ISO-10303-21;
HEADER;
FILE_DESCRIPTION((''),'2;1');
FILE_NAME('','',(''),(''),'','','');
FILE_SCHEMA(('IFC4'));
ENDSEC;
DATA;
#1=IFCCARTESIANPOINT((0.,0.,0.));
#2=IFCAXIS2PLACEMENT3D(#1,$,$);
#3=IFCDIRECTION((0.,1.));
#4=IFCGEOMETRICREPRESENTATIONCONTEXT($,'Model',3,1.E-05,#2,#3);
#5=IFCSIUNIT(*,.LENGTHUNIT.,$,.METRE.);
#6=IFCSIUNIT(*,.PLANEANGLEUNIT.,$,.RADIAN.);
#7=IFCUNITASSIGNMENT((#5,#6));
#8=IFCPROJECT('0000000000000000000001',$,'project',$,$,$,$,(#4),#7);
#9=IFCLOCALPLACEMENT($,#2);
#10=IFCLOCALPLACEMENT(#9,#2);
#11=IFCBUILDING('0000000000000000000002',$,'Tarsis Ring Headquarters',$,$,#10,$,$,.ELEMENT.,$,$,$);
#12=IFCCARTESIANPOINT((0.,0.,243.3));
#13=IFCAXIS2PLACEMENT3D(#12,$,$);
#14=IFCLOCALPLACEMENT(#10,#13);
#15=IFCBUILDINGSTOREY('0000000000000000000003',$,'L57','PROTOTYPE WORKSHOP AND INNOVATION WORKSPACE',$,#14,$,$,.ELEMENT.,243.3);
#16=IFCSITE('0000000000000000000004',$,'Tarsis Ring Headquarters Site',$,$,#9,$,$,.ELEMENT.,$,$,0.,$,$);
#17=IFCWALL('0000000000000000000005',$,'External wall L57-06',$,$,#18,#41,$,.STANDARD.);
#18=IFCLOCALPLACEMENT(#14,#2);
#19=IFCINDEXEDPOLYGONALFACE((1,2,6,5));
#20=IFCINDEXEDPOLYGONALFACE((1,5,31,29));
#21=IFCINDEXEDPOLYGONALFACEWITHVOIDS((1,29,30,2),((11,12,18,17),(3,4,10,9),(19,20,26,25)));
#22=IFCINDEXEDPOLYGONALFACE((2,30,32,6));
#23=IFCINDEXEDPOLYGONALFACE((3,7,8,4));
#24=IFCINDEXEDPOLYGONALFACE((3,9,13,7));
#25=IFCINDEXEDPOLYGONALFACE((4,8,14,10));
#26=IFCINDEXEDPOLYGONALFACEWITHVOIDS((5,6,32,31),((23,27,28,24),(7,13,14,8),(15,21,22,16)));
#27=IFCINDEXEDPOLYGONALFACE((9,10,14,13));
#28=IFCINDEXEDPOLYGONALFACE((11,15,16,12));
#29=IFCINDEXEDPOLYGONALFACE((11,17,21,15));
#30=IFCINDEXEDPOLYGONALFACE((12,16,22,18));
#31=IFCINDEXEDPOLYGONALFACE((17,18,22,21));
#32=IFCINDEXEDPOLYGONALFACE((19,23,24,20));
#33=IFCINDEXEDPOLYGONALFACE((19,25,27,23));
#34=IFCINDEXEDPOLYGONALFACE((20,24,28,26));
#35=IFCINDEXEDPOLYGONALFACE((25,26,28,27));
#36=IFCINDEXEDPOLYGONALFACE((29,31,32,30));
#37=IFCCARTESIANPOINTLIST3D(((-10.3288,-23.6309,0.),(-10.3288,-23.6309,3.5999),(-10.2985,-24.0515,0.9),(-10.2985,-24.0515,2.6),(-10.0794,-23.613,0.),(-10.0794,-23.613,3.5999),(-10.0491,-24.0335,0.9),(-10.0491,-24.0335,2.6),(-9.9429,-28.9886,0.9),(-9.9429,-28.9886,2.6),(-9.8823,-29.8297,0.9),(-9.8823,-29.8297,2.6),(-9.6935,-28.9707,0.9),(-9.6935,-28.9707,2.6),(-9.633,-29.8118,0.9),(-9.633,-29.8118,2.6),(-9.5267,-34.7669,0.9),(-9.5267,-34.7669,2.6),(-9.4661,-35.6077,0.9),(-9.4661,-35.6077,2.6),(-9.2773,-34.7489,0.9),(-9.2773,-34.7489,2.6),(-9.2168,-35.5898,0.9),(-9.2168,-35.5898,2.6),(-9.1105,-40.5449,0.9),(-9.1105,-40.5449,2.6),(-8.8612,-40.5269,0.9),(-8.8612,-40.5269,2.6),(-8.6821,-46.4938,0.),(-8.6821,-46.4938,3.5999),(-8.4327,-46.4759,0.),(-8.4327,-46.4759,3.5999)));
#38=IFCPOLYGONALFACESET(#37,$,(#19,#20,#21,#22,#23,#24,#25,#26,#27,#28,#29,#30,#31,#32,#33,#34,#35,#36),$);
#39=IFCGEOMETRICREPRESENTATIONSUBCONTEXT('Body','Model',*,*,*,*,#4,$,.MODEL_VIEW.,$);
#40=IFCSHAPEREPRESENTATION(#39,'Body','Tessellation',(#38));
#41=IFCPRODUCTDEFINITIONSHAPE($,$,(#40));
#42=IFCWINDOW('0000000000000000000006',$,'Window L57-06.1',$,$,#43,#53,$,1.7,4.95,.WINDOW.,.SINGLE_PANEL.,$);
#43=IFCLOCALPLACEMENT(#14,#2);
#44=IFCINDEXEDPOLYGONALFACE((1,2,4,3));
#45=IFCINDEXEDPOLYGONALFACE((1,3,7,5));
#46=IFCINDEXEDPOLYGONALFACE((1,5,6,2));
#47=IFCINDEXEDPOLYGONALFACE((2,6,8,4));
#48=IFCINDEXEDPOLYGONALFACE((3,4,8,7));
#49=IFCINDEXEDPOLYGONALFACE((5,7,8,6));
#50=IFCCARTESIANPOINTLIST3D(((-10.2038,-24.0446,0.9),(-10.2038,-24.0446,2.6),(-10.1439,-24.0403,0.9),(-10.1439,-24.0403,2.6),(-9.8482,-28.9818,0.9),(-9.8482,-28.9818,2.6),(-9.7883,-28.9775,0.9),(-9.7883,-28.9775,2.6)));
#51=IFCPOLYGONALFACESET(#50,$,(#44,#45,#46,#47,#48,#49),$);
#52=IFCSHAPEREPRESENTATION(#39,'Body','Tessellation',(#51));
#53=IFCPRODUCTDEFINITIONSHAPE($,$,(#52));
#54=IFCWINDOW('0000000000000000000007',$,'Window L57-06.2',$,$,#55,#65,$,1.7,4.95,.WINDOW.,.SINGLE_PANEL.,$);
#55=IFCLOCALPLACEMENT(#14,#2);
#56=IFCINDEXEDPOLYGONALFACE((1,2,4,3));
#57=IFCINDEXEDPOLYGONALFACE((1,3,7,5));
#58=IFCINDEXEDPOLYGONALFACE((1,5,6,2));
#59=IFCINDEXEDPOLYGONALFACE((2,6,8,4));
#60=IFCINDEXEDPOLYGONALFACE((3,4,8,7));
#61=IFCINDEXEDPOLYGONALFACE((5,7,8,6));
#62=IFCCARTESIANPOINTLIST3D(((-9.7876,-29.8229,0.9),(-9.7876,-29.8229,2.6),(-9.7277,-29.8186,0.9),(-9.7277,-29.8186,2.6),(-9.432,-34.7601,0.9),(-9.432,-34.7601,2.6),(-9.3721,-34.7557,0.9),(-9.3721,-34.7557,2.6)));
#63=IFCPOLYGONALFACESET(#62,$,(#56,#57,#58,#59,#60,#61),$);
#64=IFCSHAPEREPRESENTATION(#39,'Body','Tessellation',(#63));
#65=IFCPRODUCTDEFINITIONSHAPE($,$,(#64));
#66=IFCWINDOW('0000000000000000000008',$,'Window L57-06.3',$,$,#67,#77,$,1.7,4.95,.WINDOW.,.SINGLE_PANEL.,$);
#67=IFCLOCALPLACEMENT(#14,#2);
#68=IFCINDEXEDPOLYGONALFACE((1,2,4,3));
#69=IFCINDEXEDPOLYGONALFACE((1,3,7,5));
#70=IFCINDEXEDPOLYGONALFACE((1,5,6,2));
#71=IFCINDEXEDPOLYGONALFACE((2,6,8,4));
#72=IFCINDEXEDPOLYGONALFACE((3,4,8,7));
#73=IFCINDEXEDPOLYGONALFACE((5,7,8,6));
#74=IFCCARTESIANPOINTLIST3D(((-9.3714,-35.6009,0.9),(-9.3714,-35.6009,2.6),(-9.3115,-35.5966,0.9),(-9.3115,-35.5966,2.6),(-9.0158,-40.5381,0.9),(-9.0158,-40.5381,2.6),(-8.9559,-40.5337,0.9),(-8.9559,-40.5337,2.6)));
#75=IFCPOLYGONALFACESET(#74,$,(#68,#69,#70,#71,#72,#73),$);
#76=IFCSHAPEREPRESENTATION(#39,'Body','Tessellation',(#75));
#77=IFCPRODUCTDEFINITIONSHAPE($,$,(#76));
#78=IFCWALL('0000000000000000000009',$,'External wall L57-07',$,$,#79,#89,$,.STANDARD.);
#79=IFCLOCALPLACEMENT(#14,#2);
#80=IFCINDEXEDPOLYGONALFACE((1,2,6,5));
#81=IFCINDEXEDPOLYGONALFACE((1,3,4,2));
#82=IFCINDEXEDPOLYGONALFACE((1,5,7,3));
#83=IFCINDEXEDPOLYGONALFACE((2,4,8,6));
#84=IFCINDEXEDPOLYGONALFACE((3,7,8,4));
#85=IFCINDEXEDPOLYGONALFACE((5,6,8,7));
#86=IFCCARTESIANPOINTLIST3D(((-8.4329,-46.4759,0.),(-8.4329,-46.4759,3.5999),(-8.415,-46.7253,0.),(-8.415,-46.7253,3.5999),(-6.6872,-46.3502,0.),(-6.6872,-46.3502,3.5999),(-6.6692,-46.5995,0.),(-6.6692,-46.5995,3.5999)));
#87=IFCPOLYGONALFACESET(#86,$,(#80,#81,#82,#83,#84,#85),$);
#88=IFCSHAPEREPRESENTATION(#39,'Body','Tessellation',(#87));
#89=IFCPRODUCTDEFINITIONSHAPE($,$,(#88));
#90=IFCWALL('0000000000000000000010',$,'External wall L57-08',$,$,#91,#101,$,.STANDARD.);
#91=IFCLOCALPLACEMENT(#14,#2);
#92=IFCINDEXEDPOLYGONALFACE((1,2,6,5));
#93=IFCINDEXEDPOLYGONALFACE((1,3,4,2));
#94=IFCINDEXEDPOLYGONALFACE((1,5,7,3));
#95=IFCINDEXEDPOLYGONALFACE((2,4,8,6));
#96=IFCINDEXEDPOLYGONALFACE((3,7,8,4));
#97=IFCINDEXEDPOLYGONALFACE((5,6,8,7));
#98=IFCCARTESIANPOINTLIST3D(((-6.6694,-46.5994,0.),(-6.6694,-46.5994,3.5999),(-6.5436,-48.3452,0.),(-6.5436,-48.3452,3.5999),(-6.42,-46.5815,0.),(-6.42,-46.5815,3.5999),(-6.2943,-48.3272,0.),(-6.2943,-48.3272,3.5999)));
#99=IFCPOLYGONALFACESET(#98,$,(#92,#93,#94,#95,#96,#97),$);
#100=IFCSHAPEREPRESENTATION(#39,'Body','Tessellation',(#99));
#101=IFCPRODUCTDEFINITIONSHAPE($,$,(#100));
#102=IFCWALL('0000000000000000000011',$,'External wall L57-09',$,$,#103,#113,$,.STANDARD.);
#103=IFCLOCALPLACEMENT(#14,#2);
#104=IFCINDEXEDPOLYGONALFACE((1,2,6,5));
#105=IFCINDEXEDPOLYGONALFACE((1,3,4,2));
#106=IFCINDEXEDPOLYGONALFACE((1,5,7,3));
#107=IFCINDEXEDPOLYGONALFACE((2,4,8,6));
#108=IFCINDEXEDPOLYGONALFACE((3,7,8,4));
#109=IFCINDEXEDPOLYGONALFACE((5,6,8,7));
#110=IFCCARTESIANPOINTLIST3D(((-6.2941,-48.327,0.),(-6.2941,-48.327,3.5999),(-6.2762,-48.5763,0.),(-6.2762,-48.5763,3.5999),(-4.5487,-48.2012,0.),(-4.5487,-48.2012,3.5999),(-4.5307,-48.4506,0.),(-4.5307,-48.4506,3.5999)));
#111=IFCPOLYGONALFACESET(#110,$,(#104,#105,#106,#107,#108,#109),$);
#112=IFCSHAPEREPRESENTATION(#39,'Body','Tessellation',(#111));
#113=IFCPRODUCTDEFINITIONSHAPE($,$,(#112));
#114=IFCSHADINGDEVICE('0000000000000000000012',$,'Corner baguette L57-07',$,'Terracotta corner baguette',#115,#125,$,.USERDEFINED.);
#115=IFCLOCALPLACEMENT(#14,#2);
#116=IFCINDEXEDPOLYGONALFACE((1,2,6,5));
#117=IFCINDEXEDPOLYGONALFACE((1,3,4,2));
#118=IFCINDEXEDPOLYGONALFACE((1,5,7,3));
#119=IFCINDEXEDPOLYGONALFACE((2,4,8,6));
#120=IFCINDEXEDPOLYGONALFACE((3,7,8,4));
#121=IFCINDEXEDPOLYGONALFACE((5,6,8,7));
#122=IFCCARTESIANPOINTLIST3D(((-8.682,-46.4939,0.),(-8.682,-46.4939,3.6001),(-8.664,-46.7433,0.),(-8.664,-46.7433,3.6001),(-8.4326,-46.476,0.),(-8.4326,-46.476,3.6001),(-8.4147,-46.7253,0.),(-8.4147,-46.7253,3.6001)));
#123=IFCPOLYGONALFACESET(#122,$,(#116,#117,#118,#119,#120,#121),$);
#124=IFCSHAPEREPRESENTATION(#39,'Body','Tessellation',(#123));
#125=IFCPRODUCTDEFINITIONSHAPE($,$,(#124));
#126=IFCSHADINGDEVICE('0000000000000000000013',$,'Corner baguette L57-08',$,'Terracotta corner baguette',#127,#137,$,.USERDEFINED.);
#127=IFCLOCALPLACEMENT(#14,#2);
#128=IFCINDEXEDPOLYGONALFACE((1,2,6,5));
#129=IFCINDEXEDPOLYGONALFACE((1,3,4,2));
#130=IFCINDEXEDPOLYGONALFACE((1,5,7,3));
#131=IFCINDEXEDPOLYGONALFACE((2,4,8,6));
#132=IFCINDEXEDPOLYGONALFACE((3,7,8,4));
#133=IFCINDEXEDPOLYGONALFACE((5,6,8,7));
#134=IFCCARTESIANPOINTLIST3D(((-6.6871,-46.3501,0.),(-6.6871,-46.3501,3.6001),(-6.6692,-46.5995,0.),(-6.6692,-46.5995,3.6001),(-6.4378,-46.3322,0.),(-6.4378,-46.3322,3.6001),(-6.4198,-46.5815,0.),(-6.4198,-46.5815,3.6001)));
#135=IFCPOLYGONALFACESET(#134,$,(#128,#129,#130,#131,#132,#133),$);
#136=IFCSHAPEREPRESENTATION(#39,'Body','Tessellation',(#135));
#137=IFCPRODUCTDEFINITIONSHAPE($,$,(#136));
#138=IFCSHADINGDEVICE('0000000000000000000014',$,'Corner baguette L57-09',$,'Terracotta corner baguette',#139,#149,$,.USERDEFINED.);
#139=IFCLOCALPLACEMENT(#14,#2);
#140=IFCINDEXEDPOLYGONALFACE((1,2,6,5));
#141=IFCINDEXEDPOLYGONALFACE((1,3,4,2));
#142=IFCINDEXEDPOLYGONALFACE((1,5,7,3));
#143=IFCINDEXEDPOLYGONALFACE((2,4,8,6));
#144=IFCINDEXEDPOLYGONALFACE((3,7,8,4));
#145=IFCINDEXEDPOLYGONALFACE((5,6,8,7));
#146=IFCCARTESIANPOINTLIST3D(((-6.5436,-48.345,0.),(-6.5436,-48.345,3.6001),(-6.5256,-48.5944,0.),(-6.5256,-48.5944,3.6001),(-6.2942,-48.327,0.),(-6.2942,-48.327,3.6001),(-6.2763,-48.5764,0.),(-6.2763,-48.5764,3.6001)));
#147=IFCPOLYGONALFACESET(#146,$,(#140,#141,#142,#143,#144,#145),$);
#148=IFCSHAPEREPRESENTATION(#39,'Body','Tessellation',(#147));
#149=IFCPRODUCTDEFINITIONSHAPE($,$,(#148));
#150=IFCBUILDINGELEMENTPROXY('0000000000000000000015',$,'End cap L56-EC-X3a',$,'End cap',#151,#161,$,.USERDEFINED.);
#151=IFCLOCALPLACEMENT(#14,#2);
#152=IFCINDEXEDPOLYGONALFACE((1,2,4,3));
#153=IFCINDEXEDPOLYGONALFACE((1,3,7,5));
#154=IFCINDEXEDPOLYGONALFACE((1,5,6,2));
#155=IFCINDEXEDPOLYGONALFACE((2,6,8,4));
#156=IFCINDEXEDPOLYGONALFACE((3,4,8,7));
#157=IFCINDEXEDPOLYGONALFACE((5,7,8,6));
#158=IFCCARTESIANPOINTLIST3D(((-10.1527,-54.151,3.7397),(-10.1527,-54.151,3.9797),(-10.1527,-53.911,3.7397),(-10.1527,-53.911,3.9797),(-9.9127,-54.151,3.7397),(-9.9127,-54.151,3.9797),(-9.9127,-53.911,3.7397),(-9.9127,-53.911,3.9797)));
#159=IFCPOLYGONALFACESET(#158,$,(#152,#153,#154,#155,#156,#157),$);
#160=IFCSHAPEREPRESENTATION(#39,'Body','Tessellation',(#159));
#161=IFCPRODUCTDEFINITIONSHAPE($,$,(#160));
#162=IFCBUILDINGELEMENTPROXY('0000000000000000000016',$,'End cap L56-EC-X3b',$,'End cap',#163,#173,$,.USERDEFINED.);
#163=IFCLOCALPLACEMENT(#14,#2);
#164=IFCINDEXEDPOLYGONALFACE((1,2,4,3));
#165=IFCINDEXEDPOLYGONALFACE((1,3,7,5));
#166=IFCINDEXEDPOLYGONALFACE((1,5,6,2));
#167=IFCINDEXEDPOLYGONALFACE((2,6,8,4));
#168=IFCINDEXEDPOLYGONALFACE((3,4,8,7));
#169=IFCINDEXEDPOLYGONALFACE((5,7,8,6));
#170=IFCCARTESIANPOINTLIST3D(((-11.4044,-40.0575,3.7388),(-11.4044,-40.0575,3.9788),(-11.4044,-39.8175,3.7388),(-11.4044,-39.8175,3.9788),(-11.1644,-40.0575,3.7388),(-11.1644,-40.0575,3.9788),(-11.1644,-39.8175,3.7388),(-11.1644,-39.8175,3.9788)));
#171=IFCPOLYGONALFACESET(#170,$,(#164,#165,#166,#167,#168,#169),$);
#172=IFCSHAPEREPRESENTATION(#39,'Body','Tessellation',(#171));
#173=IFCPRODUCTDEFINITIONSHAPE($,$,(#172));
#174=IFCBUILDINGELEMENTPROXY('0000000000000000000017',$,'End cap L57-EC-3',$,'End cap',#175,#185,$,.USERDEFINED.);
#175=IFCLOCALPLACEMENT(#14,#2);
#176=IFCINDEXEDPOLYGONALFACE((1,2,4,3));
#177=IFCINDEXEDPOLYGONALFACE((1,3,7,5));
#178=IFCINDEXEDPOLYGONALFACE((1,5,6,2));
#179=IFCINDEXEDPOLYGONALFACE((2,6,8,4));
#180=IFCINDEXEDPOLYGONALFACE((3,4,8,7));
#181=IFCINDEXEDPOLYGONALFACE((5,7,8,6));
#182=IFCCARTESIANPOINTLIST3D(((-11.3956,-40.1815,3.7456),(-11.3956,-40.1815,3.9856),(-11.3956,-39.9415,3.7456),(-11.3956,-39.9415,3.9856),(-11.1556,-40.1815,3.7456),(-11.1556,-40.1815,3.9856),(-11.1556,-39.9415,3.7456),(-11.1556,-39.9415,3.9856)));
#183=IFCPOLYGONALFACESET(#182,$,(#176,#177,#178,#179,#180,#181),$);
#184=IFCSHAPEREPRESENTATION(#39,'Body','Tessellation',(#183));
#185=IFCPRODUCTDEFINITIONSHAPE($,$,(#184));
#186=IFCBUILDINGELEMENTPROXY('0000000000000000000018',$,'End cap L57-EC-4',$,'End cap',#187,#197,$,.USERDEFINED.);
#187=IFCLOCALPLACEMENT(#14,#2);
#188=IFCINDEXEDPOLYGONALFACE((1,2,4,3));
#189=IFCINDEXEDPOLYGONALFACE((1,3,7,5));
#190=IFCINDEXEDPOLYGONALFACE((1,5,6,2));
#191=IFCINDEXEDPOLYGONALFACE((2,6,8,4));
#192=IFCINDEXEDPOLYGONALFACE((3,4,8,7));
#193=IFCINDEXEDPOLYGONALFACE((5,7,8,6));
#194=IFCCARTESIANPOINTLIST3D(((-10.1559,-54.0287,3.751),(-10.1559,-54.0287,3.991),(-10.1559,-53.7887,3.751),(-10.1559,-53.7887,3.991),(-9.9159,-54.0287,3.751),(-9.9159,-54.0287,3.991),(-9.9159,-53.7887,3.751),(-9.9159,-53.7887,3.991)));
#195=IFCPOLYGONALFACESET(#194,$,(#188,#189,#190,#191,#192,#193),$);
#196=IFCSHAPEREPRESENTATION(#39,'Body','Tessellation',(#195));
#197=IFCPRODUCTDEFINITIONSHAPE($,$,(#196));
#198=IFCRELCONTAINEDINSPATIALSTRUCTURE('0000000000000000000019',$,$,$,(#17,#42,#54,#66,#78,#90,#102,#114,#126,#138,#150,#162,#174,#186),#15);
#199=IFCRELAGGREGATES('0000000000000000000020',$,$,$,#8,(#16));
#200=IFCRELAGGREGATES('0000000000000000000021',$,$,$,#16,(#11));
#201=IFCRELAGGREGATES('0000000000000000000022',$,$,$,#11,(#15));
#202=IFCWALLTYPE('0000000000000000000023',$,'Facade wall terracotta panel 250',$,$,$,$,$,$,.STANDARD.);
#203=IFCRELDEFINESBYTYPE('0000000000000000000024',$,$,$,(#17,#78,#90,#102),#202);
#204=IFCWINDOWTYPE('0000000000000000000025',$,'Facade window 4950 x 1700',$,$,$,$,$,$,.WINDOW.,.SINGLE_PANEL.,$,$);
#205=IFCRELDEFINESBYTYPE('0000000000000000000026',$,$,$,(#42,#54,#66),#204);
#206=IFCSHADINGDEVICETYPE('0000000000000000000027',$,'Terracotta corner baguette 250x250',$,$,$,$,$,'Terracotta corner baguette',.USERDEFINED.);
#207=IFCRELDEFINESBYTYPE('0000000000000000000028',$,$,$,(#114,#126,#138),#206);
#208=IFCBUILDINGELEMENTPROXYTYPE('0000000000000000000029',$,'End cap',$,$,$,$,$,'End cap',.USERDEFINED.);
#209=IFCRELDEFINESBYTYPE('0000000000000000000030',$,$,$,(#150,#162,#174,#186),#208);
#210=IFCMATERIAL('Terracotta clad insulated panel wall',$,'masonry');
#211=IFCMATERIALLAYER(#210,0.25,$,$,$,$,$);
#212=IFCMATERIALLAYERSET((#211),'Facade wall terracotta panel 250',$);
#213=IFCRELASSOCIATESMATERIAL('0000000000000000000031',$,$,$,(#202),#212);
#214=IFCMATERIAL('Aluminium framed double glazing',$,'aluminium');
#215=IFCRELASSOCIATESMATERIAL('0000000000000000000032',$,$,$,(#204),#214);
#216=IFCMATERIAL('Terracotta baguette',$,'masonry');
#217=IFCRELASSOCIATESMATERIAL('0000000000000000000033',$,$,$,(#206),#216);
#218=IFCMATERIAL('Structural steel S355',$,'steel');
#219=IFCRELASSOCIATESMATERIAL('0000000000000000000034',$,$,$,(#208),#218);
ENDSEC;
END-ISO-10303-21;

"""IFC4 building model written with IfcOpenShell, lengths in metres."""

from ifc_helpers import new_model, si_unit, direction, frame, frame_2d, origin, origin_2d, place, context, subcontext, project, spatial, rectangle, extrude, material, layer, layer_set, type_object, element, fill, save


model = new_model("IFC4")

# Units and contexts
model_context = context("Model", 3, precision=1e-05, world=origin(), true_north=direction((0.0, 1.0)))
body_context = subcontext(model_context, "Body", "Model", "MODEL_VIEW")
ifc_project = project(units=[si_unit("LENGTHUNIT", "METRE"), si_unit("PLANEANGLEUNIT", "RADIAN")], contexts=[model_context])

# Site, building, storey
site_placement = place(None, origin())
site = spatial("IfcSite", under=ifc_project, at=site_placement, Name="Tarsis Ring Headquarters Site", CompositionType="ELEMENT", RefElevation=0.0)
building_placement = place(site_placement, origin())
building = spatial("IfcBuilding", under=site, at=building_placement, Name="Tarsis Ring Headquarters", CompositionType="ELEMENT")
storey_placement = place(building_placement, frame((0.0, 0.0, 243.3)))
storey = spatial("IfcBuildingStorey", under=building, at=storey_placement, Name="L57", Description="PROTOTYPE WORKSHOP AND INNOVATION WORKSPACE", CompositionType="ELEMENT", Elevation=243.3)

# Shared definitions
ifc_material_1 = material(Name="Structural steel S355", Category="steel")

# Wall, openings, windows
ifc_material_2 = material(Name="Terracotta clad insulated panel wall", Category="masonry")
ifc_layer_1 = layer(ifc_material_2, 0.25)
ifc_layer_set_1 = layer_set([ifc_layer_1], Name="Facade wall terracotta panel 250")
wall_type_1 = type_object("IfcWallType", Name="Facade wall terracotta panel 250", PredefinedType="STANDARD", material=ifc_layer_set_1)
wall_1_placement = place(storey_placement, frame((-10.2041, -23.6221, 0.0), z_axis=(0.0, 0.0, 1.0), x_axis=(0.07184, -0.997416, 0.0)))
wall_1 = element("IfcWall", 1, at=wall_1_placement, inside=storey, type_object=wall_type_1, Name="External wall L57-06", PredefinedType="STANDARD", context=body_context, shape_type="SweptSolid", body=[
    extrude(rectangle(XDim=22.9221, YDim=0.25, at=frame_2d((11.4609, 0.0))), origin(), (0.0, 0.0, 1.0), 3.5999),
])
opening_1_placement = place(wall_1_placement, frame((0.4214, 0.0, 0.8999)))
opening_1 = element("IfcOpeningElement", 2, at=opening_1_placement, cuts=wall_1, PredefinedType="OPENING", context=body_context, shape_type="SweptSolid", body=[
    extrude(rectangle(XDim=4.95, YDim=1.7, at=frame_2d((2.4751, 0.8501))), frame((0.0, 0.135, 0.0), z_axis=(0.0, -1.0, 0.0), x_axis=(1.0, 0.0, 0.0)), (0.0, 0.0, 1.0), 0.27),
])
opening_2_placement = place(wall_1_placement, frame((6.2146, 0.0, 0.8999)))
opening_2 = element("IfcOpeningElement", 3, at=opening_2_placement, cuts=wall_1, PredefinedType="OPENING", context=body_context, shape_type="SweptSolid", body=[
    extrude(rectangle(XDim=4.95, YDim=1.7, at=frame_2d((2.4751, 0.8501))), frame((0.0, 0.135, 0.0), z_axis=(0.0, -1.0, 0.0), x_axis=(1.0, 0.0, 0.0)), (0.0, 0.0, 1.0), 0.27),
])
opening_3_placement = place(wall_1_placement, frame((12.0076, 0.0, 0.8999)))
opening_3 = element("IfcOpeningElement", 4, at=opening_3_placement, cuts=wall_1, PredefinedType="OPENING", context=body_context, shape_type="SweptSolid", body=[
    extrude(rectangle(XDim=4.95, YDim=1.7, at=frame_2d((2.4751, 0.8501))), frame((0.0, 0.135, 0.0), z_axis=(0.0, -1.0, 0.0), x_axis=(1.0, 0.0, 0.0)), (0.0, 0.0, 1.0), 0.27),
])
ifc_material_3 = material(Name="Aluminium framed double glazing", Category="aluminium")
window_type = type_object("IfcWindowType", Name="Facade window 4950 x 1700", PartitioningType="SINGLE_PANEL", PredefinedType="WINDOW", material=ifc_material_3)
window_1_placement = place(opening_1_placement, origin())
window_1 = element("IfcWindow", 5, at=window_1_placement, inside=storey, type_object=window_type, Name="Window L57-06.1", OverallHeight=1.7, OverallWidth=4.95, PartitioningType="SINGLE_PANEL", PredefinedType="WINDOW", context=body_context, shape_type="SweptSolid", body=[
    extrude(rectangle(XDim=4.95, YDim=1.7, at=frame_2d((2.4751, 0.8501))), frame((0.0, 0.03, 0.0), z_axis=(0.0, -1.0, 0.0), x_axis=(1.0, 0.0, 0.0)), (0.0, 0.0, 1.0), 0.0601),
])
fill(opening_1, window_1)
window_2_placement = place(opening_2_placement, origin())
window_2 = element("IfcWindow", 6, at=window_2_placement, inside=storey, type_object=window_type, Name="Window L57-06.2", OverallHeight=1.7, OverallWidth=4.95, PartitioningType="SINGLE_PANEL", PredefinedType="WINDOW", context=body_context, shape_type="SweptSolid", body=[
    extrude(rectangle(XDim=4.95, YDim=1.7, at=frame_2d((2.4751, 0.8501))), frame((0.0, 0.03, 0.0), z_axis=(0.0, -1.0, 0.0), x_axis=(1.0, 0.0, 0.0)), (0.0, 0.0, 1.0), 0.0601),
])
fill(opening_2, window_2)
window_3_placement = place(opening_3_placement, origin())
window_3 = element("IfcWindow", 7, at=window_3_placement, inside=storey, type_object=window_type, Name="Window L57-06.3", OverallHeight=1.7, OverallWidth=4.95, PartitioningType="SINGLE_PANEL", PredefinedType="WINDOW", context=body_context, shape_type="SweptSolid", body=[
    extrude(rectangle(XDim=4.95, YDim=1.7, at=frame_2d((2.4751, 0.8501))), frame((0.0, 0.03, 0.0), z_axis=(0.0, -1.0, 0.0), x_axis=(1.0, 0.0, 0.0)), (0.0, 0.0, 1.0), 0.0601),
])
fill(opening_3, window_3)

# Walls
for number, where, z_axis, x_axis, name in (
    (8, (-8.4238, -46.6006, 0.0), (0.0, 0.0, 1.0), (0.997416, 0.071842, 0.0), "External wall L57-07"),
    (9, (-6.5447, -46.5906, 0.0), (0.0, 0.0, 1.0), (0.071842, -0.997416, 0.0), "External wall L57-08"),
):
    element("IfcWall", number, at=place(storey_placement, frame(where, z_axis=z_axis, x_axis=x_axis)), inside=storey, type_object=wall_type_1, Name=name, PredefinedType="STANDARD", context=body_context, shape_type="SweptSolid", body=[
        extrude(rectangle(XDim=1.7502, YDim=0.25, at=frame_2d((0.875, 0.0))), origin(), (0.0, 0.0, 1.0), 3.5999),
    ])
wall_2_placement = place(storey_placement, frame((-6.2852, -48.4517, 0.0), z_axis=(0.0, 0.0, 1.0), x_axis=(0.997415, 0.071852, 0.0)))
element("IfcWall", 10, at=wall_2_placement, inside=storey, type_object=wall_type_1, Name="External wall L57-09", PredefinedType="STANDARD", context=body_context, shape_type="SweptSolid", body=[
    extrude(rectangle(XDim=1.75, YDim=0.25, at=frame_2d((0.875, 0.0))), origin(), (0.0, 0.0, 1.0), 3.5999),
])

# Shading devices
ifc_material_4 = material(Name="Terracotta baguette", Category="masonry")
shading_device_type = type_object("IfcShadingDeviceType", Name="Terracotta corner baguette 250x250", ElementType="Terracotta corner baguette", PredefinedType="USERDEFINED", material=ifc_material_4)
for number, where, z_axis, x_axis, name in (
    (11, (-8.5483, -46.6096, 0.0), (0.0, 0.0, 1.0), (0.071846, -0.997416, 0.0), "Corner baguette L57-07"),
    (12, (-6.5535, -46.4658, 0.0), (0.0, 0.0, 1.0), (0.997416, 0.071846, 0.0), "Corner baguette L57-08"),
    (13, (-6.4099, -48.4607, 0.0), (0.0, 0.0, 1.0), (0.071846, -0.997416, 0.0), "Corner baguette L57-09"),
):
    element("IfcShadingDevice", number, at=place(storey_placement, frame(where, z_axis=z_axis, x_axis=x_axis)), inside=storey, type_object=shading_device_type, Name=name, ObjectType="Terracotta corner baguette", PredefinedType="USERDEFINED", context=body_context, shape_type="SweptSolid", body=[
        extrude(rectangle(XDim=0.25, YDim=0.25, at=origin_2d()), origin(), (0.0, 0.0, 1.0), 3.6001),
    ])

# Building element proxies
building_element_proxy_type = type_object("IfcBuildingElementProxyType", Name="End cap", ElementType="End cap", PredefinedType="USERDEFINED", material=ifc_material_1)
for number, where, z_axis, x_axis, name in (
    (14, (-10.0327, -54.031, 3.7397), (0.0, 0.0, 1.0), (1.0, 0.0, 0.0), "End cap L56-EC-X3a"),
    (15, (-11.2844, -39.9375, 3.7388), (0.0, 0.0, 1.0), (1.0, 0.0, 0.0), "End cap L56-EC-X3b"),
    (16, (-11.2756, -40.0615, 3.7456), (0.0, 0.0, 1.0), (1.0, 0.0, 0.0), "End cap L57-EC-3"),
    (17, (-10.0359, -53.9087, 3.751), (0.0, 0.0, 1.0), (1.0, 0.0, 0.0), "End cap L57-EC-4"),
):
    element("IfcBuildingElementProxy", number, at=place(storey_placement, frame(where, z_axis=z_axis, x_axis=x_axis)), inside=storey, type_object=building_element_proxy_type, Name=name, ObjectType="End cap", PredefinedType="USERDEFINED", context=body_context, shape_type="SweptSolid", body=[
        extrude(rectangle(XDim=0.24, YDim=0.24, at=origin_2d()), origin(), (0.0, 0.0, 1.0), 0.24),
    ])

save(model, "model.ifc")
